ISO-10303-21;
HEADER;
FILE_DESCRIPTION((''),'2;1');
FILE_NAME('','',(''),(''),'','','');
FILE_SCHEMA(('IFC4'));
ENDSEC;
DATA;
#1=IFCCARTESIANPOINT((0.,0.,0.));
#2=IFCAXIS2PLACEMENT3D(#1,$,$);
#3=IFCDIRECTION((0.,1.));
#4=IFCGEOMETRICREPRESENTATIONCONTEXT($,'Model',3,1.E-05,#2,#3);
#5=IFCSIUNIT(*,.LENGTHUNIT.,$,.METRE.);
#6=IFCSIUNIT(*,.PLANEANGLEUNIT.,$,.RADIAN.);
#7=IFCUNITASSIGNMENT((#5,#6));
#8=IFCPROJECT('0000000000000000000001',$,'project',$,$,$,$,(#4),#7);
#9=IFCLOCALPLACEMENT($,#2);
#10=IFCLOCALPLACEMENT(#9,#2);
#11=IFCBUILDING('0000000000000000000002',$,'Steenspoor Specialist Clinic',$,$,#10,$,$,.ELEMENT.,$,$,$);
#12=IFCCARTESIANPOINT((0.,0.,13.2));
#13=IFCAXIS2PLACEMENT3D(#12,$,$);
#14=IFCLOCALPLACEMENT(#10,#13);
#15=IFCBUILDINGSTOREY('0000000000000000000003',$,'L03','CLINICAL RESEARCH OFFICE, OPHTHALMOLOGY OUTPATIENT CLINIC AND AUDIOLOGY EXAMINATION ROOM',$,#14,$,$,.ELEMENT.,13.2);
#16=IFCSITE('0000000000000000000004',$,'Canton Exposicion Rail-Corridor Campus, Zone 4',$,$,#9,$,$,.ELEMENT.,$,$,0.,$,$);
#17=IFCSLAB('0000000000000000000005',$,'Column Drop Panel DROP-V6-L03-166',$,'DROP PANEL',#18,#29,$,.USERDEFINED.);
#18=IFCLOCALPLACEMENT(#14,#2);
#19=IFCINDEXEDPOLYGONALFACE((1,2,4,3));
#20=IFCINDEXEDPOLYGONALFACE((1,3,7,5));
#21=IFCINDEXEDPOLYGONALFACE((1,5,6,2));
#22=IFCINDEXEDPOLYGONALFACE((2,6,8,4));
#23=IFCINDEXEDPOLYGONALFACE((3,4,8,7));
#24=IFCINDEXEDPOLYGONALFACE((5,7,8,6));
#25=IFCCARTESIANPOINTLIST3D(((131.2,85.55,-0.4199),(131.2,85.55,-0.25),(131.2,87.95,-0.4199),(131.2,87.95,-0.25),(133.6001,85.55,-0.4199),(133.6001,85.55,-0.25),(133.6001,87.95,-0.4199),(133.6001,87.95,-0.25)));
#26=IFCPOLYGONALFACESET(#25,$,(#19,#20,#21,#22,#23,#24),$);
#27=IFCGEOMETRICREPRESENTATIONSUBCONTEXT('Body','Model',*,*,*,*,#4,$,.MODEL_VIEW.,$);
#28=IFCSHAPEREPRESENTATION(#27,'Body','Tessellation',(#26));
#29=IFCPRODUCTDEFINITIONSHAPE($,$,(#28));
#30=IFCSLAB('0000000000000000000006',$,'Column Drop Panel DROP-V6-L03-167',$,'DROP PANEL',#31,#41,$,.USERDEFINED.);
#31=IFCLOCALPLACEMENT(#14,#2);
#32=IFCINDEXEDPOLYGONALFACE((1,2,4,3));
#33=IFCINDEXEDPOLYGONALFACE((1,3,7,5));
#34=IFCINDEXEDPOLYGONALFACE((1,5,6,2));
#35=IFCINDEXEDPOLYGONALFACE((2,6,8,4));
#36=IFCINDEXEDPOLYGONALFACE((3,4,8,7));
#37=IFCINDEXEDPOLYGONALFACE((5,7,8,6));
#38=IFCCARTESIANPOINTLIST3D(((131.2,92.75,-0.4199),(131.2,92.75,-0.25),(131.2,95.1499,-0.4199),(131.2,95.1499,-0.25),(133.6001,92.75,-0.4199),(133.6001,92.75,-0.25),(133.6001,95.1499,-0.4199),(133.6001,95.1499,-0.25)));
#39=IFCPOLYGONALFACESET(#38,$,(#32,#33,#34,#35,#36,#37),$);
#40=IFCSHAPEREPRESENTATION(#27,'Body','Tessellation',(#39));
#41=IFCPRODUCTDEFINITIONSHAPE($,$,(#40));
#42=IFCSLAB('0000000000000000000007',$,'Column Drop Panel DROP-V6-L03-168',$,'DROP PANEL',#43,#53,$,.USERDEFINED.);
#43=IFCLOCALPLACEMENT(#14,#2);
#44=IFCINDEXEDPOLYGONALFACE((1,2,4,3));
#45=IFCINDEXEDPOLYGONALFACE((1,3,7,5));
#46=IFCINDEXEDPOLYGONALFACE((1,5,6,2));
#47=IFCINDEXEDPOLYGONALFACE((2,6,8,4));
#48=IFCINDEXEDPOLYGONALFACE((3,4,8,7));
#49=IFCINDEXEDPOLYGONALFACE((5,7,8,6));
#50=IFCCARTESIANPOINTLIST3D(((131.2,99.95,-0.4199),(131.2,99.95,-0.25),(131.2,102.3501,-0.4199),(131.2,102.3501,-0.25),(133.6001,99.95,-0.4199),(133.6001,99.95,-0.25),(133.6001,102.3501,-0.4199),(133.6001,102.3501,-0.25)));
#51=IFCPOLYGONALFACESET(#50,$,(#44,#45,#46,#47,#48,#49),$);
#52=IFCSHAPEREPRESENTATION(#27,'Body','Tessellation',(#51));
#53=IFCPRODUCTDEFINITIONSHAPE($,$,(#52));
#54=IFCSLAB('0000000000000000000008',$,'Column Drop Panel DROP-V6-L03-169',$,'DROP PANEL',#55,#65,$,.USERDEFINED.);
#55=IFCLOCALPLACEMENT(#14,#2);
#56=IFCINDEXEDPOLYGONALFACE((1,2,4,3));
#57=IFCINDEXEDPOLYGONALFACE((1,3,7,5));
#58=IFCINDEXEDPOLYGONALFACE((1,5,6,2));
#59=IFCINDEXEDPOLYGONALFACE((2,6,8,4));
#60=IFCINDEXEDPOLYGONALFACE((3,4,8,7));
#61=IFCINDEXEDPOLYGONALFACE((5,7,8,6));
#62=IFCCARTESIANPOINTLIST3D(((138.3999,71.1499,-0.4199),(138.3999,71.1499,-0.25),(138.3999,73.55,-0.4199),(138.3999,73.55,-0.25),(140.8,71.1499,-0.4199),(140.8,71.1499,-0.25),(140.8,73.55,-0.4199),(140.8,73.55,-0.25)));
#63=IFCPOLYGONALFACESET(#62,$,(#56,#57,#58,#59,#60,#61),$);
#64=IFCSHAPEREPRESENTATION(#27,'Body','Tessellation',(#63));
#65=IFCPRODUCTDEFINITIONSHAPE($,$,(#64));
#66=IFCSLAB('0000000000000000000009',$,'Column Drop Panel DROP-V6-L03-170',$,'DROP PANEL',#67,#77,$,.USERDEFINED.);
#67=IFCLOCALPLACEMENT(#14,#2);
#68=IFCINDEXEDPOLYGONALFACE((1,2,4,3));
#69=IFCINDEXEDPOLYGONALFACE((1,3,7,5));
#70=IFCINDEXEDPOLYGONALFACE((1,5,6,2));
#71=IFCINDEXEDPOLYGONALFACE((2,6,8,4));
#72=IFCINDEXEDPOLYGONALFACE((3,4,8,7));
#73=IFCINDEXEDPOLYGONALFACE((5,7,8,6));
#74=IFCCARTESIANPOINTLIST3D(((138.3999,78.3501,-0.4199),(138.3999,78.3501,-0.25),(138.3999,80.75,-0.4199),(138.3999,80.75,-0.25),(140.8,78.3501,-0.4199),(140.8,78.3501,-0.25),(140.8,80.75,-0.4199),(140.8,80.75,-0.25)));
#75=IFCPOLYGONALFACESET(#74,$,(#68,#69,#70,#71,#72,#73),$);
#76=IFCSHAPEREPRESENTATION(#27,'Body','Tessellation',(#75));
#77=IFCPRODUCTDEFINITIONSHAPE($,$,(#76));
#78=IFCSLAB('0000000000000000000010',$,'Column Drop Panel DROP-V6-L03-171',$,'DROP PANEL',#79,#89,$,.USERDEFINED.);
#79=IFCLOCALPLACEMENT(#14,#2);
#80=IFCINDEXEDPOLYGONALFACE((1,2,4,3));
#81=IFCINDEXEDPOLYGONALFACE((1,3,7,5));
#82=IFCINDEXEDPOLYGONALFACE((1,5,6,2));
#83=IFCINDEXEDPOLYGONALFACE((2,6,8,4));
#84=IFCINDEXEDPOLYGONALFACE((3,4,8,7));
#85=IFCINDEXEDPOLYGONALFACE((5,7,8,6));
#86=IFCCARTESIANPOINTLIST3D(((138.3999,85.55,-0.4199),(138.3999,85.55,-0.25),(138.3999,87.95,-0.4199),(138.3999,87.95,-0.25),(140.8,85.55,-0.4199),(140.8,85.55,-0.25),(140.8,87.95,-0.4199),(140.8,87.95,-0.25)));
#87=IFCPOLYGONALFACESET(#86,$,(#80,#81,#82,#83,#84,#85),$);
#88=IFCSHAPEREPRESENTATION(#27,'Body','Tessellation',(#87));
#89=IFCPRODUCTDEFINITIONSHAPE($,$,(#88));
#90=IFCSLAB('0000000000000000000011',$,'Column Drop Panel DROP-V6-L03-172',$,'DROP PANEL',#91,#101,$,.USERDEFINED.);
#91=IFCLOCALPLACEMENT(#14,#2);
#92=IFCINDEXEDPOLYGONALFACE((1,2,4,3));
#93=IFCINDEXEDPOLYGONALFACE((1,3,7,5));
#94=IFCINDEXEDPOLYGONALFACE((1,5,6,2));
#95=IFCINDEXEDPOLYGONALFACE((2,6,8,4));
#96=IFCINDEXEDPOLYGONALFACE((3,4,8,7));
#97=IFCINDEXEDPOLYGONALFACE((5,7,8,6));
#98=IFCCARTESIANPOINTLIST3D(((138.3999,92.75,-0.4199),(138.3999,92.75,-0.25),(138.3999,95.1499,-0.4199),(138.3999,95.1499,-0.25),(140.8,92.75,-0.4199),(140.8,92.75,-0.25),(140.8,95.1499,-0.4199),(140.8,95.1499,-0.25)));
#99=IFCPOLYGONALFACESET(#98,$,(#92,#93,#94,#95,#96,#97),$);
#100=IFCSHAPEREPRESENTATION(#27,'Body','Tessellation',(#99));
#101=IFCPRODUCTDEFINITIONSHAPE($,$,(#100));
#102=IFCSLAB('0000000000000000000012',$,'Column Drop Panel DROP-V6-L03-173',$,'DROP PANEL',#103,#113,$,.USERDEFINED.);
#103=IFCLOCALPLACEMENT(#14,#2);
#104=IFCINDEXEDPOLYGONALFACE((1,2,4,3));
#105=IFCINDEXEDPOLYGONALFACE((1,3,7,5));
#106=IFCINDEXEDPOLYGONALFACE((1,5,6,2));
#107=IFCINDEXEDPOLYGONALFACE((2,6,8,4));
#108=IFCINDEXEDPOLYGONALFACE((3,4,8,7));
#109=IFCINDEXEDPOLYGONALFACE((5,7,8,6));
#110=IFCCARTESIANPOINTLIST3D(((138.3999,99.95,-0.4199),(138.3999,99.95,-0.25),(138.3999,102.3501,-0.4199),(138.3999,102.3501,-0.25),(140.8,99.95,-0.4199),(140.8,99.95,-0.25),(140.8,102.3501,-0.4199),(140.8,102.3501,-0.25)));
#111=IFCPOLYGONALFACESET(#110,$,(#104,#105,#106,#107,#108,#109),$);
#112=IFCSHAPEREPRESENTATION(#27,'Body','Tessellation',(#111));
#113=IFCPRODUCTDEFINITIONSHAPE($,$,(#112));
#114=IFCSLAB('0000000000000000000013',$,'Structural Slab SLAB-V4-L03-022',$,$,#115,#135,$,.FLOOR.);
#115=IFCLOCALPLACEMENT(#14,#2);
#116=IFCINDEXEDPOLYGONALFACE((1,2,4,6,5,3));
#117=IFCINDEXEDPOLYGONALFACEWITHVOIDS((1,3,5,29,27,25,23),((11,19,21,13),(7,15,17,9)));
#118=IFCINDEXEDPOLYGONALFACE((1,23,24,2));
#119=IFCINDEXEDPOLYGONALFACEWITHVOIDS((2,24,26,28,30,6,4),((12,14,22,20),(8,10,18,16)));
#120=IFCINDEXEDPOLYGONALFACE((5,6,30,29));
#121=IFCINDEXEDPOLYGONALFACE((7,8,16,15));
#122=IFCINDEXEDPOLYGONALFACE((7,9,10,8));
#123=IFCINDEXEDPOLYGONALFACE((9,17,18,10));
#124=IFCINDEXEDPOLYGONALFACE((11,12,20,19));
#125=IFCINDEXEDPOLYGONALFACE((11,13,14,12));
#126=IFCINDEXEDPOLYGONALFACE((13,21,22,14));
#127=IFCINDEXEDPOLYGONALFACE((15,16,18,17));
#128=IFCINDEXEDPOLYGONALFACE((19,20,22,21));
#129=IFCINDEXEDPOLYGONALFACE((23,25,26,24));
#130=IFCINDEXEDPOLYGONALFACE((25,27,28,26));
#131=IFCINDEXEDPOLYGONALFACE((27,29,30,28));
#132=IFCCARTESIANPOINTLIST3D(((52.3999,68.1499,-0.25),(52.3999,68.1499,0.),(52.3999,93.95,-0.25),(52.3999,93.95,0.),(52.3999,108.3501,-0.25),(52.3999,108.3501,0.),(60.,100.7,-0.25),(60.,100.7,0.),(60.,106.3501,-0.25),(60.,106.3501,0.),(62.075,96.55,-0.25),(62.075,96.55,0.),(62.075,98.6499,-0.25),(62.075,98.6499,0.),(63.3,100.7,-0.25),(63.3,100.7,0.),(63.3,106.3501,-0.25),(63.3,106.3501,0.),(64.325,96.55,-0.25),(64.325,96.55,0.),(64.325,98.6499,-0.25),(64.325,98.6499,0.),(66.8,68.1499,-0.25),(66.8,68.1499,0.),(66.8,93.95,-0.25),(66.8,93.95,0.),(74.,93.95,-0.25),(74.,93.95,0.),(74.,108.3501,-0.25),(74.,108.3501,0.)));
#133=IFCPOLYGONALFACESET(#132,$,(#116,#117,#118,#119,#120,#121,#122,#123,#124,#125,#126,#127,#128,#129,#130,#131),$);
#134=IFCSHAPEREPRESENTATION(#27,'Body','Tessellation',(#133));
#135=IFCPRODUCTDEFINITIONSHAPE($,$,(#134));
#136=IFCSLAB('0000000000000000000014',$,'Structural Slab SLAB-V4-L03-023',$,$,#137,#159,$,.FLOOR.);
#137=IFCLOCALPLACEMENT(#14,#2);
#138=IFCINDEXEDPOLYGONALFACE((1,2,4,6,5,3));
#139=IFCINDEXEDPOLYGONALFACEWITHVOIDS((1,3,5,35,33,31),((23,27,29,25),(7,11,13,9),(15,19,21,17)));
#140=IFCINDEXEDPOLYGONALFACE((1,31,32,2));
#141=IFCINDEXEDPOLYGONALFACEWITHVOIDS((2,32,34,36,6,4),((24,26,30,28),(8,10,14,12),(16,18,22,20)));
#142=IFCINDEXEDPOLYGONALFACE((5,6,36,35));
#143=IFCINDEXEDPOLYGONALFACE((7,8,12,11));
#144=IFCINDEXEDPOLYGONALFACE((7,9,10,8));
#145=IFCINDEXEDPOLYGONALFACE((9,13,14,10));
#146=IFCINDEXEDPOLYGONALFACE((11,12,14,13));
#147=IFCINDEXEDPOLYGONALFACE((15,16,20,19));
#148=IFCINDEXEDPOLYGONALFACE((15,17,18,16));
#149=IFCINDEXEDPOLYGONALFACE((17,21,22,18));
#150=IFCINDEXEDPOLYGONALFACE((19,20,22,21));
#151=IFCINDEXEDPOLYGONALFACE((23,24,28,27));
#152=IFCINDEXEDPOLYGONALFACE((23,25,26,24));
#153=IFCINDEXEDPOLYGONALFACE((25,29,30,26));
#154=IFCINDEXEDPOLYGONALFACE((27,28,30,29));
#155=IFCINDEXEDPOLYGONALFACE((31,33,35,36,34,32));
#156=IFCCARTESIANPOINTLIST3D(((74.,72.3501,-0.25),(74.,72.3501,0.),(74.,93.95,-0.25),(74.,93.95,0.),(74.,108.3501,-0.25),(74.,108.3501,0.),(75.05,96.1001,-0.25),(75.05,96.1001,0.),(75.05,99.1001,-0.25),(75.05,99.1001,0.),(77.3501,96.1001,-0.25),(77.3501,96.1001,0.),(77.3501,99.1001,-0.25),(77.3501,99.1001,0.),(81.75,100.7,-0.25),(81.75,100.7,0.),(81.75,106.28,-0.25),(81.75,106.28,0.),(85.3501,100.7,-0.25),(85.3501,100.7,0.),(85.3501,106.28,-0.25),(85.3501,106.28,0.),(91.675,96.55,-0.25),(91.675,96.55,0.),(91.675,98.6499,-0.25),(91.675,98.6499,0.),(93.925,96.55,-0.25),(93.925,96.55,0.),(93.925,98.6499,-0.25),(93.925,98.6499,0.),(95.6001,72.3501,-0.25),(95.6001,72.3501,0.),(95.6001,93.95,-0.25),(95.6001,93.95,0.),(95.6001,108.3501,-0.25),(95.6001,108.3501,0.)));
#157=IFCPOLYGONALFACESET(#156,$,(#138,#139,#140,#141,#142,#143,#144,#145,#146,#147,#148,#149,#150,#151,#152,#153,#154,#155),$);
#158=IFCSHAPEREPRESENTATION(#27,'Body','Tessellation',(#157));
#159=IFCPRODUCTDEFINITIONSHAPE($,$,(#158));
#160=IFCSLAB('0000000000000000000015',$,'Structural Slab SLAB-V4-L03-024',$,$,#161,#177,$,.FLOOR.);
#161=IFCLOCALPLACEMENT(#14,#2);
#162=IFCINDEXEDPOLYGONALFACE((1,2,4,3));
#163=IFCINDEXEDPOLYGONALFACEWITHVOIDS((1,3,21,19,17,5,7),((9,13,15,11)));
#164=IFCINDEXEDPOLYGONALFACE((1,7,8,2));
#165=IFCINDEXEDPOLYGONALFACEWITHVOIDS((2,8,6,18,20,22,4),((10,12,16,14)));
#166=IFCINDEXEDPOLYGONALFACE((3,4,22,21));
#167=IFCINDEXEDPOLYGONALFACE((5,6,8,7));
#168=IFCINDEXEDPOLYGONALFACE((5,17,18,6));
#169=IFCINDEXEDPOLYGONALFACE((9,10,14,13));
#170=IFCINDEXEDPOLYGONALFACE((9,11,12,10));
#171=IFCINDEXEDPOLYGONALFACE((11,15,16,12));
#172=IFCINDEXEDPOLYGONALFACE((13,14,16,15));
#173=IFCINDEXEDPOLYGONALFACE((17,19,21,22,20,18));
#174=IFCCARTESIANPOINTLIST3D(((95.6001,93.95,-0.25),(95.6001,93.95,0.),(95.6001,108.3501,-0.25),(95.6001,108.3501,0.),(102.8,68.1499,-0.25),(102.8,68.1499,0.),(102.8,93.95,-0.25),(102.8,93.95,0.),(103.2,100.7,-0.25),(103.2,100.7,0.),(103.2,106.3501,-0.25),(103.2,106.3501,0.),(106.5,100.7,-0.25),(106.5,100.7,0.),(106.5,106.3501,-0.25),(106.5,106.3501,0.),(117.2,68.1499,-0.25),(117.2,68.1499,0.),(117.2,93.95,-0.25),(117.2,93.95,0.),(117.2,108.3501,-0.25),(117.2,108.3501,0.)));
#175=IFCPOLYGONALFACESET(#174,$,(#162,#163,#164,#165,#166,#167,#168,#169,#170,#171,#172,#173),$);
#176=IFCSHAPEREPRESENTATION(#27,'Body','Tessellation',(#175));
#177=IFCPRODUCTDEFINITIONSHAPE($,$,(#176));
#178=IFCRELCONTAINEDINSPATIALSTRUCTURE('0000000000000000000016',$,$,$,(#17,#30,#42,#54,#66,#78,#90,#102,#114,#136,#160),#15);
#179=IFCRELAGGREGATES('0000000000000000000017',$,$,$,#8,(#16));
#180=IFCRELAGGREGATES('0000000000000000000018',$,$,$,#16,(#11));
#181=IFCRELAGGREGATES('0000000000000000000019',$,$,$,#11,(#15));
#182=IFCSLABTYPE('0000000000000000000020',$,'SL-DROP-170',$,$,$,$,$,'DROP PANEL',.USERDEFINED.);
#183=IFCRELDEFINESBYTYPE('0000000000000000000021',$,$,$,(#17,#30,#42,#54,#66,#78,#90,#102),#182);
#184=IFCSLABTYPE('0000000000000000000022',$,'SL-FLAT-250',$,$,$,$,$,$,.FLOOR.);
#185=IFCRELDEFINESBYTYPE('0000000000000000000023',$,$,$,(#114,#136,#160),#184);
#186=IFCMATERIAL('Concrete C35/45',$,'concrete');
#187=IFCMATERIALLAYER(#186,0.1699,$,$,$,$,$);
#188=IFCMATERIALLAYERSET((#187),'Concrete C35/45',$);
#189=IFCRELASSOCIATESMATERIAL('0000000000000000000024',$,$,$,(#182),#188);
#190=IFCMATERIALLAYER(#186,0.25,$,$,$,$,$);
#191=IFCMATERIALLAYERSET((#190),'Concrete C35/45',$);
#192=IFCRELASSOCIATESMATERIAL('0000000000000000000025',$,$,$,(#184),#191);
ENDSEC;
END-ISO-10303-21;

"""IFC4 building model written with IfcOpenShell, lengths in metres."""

from ifc_helpers import new_model, si_unit, direction, frame, origin, place, context, subcontext, project, spatial, polyline, outline, extrude, material, layer, layer_set, type_object, element, save


model = new_model("IFC4")

# Units and contexts
model_context = context("Model", 3, precision=1e-05, world=origin(), true_north=direction((0.0, 1.0)))
body_context = subcontext(model_context, "Body", "Model", "MODEL_VIEW")
ifc_project = project(units=[si_unit("LENGTHUNIT", "METRE"), si_unit("PLANEANGLEUNIT", "RADIAN")], contexts=[model_context])

# Site, building, storey
site_placement = place(None, origin())
site = spatial("IfcSite", under=ifc_project, at=site_placement, Name="Canton Exposicion Rail-Corridor Campus, Zone 4", CompositionType="ELEMENT", RefElevation=0.0)
building_placement = place(site_placement, origin())
building = spatial("IfcBuilding", under=site, at=building_placement, Name="Steenspoor Specialist Clinic", CompositionType="ELEMENT")
storey_placement = place(building_placement, frame((0.0, 0.0, 13.2)))
storey = spatial("IfcBuildingStorey", under=building, at=storey_placement, Name="L03", Description="CLINICAL RESEARCH OFFICE, OPHTHALMOLOGY OUTPATIENT CLINIC AND AUDIOLOGY EXAMINATION ROOM", CompositionType="ELEMENT", Elevation=13.2)

# Shared definitions
ifc_material_1 = material(Name="Concrete C35/45", Category="concrete")

# Slabs
ifc_layer_1 = layer(ifc_material_1, 0.1699)
ifc_layer_set_1 = layer_set([ifc_layer_1], Name="Concrete C35/45")
slab_type_1 = type_object("IfcSlabType", Name="SL-DROP-170", ElementType="DROP PANEL", PredefinedType="USERDEFINED", material=ifc_layer_set_1)
slab_1_placement = place(storey_placement, frame((0.0, 0.0, -0.4199)))
element("IfcSlab", 1, at=slab_1_placement, inside=storey, type_object=slab_type_1, Name="Column Drop Panel DROP-V6-L03-166", ObjectType="DROP PANEL", PredefinedType="USERDEFINED", context=body_context, shape_type="SweptSolid", body=[
    extrude(outline(polyline([(133.6001, 85.55), (133.6001, 87.95), (131.2, 87.95), (131.2, 85.55), (133.6001, 85.55)])), origin(), (0.0, 0.0, 1.0), 0.1699),
])
slab_2_placement = place(storey_placement, frame((0.0, 0.0, -0.4199)))
element("IfcSlab", 2, at=slab_2_placement, inside=storey, type_object=slab_type_1, Name="Column Drop Panel DROP-V6-L03-167", ObjectType="DROP PANEL", PredefinedType="USERDEFINED", context=body_context, shape_type="SweptSolid", body=[
    extrude(outline(polyline([(133.6001, 92.75), (133.6001, 95.1499), (131.2, 95.1499), (131.2, 92.75), (133.6001, 92.75)])), origin(), (0.0, 0.0, 1.0), 0.1699),
])
slab_3_placement = place(storey_placement, frame((0.0, 0.0, -0.4199)))
element("IfcSlab", 3, at=slab_3_placement, inside=storey, type_object=slab_type_1, Name="Column Drop Panel DROP-V6-L03-168", ObjectType="DROP PANEL", PredefinedType="USERDEFINED", context=body_context, shape_type="SweptSolid", body=[
    extrude(outline(polyline([(133.6001, 99.95), (133.6001, 102.3501), (131.2, 102.3501), (131.2, 99.95), (133.6001, 99.95)])), origin(), (0.0, 0.0, 1.0), 0.1699),
])
slab_4_placement = place(storey_placement, frame((0.0, 0.0, -0.4199)))
element("IfcSlab", 4, at=slab_4_placement, inside=storey, type_object=slab_type_1, Name="Column Drop Panel DROP-V6-L03-169", ObjectType="DROP PANEL", PredefinedType="USERDEFINED", context=body_context, shape_type="SweptSolid", body=[
    extrude(outline(polyline([(140.8, 71.1499), (140.8, 73.55), (138.3999, 73.55), (138.3999, 71.1499), (140.8, 71.1499)])), origin(), (0.0, 0.0, 1.0), 0.1699),
])
slab_5_placement = place(storey_placement, frame((0.0, 0.0, -0.4199)))
element("IfcSlab", 5, at=slab_5_placement, inside=storey, type_object=slab_type_1, Name="Column Drop Panel DROP-V6-L03-170", ObjectType="DROP PANEL", PredefinedType="USERDEFINED", context=body_context, shape_type="SweptSolid", body=[
    extrude(outline(polyline([(140.8, 78.3501), (140.8, 80.75), (138.3999, 80.75), (138.3999, 78.3501), (140.8, 78.3501)])), origin(), (0.0, 0.0, 1.0), 0.1699),
])
slab_6_placement = place(storey_placement, frame((0.0, 0.0, -0.4199)))
element("IfcSlab", 6, at=slab_6_placement, inside=storey, type_object=slab_type_1, Name="Column Drop Panel DROP-V6-L03-171", ObjectType="DROP PANEL", PredefinedType="USERDEFINED", context=body_context, shape_type="SweptSolid", body=[
    extrude(outline(polyline([(140.8, 85.55), (140.8, 87.95), (138.3999, 87.95), (138.3999, 85.55), (140.8, 85.55)])), origin(), (0.0, 0.0, 1.0), 0.1699),
])
slab_7_placement = place(storey_placement, frame((0.0, 0.0, -0.4199)))
element("IfcSlab", 7, at=slab_7_placement, inside=storey, type_object=slab_type_1, Name="Column Drop Panel DROP-V6-L03-172", ObjectType="DROP PANEL", PredefinedType="USERDEFINED", context=body_context, shape_type="SweptSolid", body=[
    extrude(outline(polyline([(140.8, 92.75), (140.8, 95.1499), (138.3999, 95.1499), (138.3999, 92.75), (140.8, 92.75)])), origin(), (0.0, 0.0, 1.0), 0.1699),
])
slab_8_placement = place(storey_placement, frame((0.0, 0.0, -0.4199)))
element("IfcSlab", 8, at=slab_8_placement, inside=storey, type_object=slab_type_1, Name="Column Drop Panel DROP-V6-L03-173", ObjectType="DROP PANEL", PredefinedType="USERDEFINED", context=body_context, shape_type="SweptSolid", body=[
    extrude(outline(polyline([(140.8, 99.95), (140.8, 102.3501), (138.3999, 102.3501), (138.3999, 99.95), (140.8, 99.95)])), origin(), (0.0, 0.0, 1.0), 0.1699),
])
ifc_layer_2 = layer(ifc_material_1, 0.25)
ifc_layer_set_2 = layer_set([ifc_layer_2], Name="Concrete C35/45")
slab_type_2 = type_object("IfcSlabType", Name="SL-FLAT-250", PredefinedType="FLOOR", material=ifc_layer_set_2)
slab_9_placement = place(storey_placement, frame((0.0, 0.0, -0.25)))
element("IfcSlab", 9, at=slab_9_placement, inside=storey, type_object=slab_type_2, Name="Structural Slab SLAB-V4-L03-022", PredefinedType="FLOOR", context=body_context, shape_type="SweptSolid", body=[
    extrude(outline(polyline([(74.0, 108.3501), (74.0, 93.95), (66.8, 93.95), (66.8, 68.1499), (52.3999, 68.1499), (52.3999, 93.95), (52.3999, 108.3501), (74.0, 108.3501)]), holes=[polyline([(62.075, 96.55), (64.325, 96.55), (64.325, 98.6499), (62.075, 98.6499), (62.075, 96.55)]), polyline([(60.0, 100.7), (63.3, 100.7), (63.3, 106.3501), (60.0, 106.3501), (60.0, 100.7)])]), origin(), (0.0, 0.0, 1.0), 0.25),
])
slab_10_placement = place(storey_placement, frame((0.0, 0.0, -0.25)))
element("IfcSlab", 10, at=slab_10_placement, inside=storey, type_object=slab_type_2, Name="Structural Slab SLAB-V4-L03-023", PredefinedType="FLOOR", context=body_context, shape_type="SweptSolid", body=[
    extrude(outline(polyline([(95.6001, 108.3501), (95.6001, 93.95), (95.6001, 72.3501), (74.0, 72.3501), (74.0, 93.95), (74.0, 108.3501), (95.6001, 108.3501)]), holes=[polyline([(75.05, 99.1001), (75.05, 96.1001), (77.3501, 96.1001), (77.3501, 99.1001), (75.05, 99.1001)]), polyline([(91.675, 98.6499), (91.675, 96.55), (93.925, 96.55), (93.925, 98.6499), (91.675, 98.6499)]), polyline([(81.75, 106.28), (81.75, 100.7), (85.3501, 100.7), (85.3501, 106.28), (81.75, 106.28)])]), origin(), (0.0, 0.0, 1.0), 0.25),
])
slab_11_placement = place(storey_placement, frame((0.0, 0.0, -0.25)))
element("IfcSlab", 11, at=slab_11_placement, inside=storey, type_object=slab_type_2, Name="Structural Slab SLAB-V4-L03-024", PredefinedType="FLOOR", context=body_context, shape_type="SweptSolid", body=[
    extrude(outline(polyline([(117.2, 108.3501), (117.2, 93.95), (117.2, 68.1499), (102.8, 68.1499), (102.8, 93.95), (95.6001, 93.95), (95.6001, 108.3501), (117.2, 108.3501)]), holes=[polyline([(103.2, 106.3501), (103.2, 100.7), (106.5, 100.7), (106.5, 106.3501), (103.2, 106.3501)])]), origin(), (0.0, 0.0, 1.0), 0.25),
])

save(model, "model.ifc")
